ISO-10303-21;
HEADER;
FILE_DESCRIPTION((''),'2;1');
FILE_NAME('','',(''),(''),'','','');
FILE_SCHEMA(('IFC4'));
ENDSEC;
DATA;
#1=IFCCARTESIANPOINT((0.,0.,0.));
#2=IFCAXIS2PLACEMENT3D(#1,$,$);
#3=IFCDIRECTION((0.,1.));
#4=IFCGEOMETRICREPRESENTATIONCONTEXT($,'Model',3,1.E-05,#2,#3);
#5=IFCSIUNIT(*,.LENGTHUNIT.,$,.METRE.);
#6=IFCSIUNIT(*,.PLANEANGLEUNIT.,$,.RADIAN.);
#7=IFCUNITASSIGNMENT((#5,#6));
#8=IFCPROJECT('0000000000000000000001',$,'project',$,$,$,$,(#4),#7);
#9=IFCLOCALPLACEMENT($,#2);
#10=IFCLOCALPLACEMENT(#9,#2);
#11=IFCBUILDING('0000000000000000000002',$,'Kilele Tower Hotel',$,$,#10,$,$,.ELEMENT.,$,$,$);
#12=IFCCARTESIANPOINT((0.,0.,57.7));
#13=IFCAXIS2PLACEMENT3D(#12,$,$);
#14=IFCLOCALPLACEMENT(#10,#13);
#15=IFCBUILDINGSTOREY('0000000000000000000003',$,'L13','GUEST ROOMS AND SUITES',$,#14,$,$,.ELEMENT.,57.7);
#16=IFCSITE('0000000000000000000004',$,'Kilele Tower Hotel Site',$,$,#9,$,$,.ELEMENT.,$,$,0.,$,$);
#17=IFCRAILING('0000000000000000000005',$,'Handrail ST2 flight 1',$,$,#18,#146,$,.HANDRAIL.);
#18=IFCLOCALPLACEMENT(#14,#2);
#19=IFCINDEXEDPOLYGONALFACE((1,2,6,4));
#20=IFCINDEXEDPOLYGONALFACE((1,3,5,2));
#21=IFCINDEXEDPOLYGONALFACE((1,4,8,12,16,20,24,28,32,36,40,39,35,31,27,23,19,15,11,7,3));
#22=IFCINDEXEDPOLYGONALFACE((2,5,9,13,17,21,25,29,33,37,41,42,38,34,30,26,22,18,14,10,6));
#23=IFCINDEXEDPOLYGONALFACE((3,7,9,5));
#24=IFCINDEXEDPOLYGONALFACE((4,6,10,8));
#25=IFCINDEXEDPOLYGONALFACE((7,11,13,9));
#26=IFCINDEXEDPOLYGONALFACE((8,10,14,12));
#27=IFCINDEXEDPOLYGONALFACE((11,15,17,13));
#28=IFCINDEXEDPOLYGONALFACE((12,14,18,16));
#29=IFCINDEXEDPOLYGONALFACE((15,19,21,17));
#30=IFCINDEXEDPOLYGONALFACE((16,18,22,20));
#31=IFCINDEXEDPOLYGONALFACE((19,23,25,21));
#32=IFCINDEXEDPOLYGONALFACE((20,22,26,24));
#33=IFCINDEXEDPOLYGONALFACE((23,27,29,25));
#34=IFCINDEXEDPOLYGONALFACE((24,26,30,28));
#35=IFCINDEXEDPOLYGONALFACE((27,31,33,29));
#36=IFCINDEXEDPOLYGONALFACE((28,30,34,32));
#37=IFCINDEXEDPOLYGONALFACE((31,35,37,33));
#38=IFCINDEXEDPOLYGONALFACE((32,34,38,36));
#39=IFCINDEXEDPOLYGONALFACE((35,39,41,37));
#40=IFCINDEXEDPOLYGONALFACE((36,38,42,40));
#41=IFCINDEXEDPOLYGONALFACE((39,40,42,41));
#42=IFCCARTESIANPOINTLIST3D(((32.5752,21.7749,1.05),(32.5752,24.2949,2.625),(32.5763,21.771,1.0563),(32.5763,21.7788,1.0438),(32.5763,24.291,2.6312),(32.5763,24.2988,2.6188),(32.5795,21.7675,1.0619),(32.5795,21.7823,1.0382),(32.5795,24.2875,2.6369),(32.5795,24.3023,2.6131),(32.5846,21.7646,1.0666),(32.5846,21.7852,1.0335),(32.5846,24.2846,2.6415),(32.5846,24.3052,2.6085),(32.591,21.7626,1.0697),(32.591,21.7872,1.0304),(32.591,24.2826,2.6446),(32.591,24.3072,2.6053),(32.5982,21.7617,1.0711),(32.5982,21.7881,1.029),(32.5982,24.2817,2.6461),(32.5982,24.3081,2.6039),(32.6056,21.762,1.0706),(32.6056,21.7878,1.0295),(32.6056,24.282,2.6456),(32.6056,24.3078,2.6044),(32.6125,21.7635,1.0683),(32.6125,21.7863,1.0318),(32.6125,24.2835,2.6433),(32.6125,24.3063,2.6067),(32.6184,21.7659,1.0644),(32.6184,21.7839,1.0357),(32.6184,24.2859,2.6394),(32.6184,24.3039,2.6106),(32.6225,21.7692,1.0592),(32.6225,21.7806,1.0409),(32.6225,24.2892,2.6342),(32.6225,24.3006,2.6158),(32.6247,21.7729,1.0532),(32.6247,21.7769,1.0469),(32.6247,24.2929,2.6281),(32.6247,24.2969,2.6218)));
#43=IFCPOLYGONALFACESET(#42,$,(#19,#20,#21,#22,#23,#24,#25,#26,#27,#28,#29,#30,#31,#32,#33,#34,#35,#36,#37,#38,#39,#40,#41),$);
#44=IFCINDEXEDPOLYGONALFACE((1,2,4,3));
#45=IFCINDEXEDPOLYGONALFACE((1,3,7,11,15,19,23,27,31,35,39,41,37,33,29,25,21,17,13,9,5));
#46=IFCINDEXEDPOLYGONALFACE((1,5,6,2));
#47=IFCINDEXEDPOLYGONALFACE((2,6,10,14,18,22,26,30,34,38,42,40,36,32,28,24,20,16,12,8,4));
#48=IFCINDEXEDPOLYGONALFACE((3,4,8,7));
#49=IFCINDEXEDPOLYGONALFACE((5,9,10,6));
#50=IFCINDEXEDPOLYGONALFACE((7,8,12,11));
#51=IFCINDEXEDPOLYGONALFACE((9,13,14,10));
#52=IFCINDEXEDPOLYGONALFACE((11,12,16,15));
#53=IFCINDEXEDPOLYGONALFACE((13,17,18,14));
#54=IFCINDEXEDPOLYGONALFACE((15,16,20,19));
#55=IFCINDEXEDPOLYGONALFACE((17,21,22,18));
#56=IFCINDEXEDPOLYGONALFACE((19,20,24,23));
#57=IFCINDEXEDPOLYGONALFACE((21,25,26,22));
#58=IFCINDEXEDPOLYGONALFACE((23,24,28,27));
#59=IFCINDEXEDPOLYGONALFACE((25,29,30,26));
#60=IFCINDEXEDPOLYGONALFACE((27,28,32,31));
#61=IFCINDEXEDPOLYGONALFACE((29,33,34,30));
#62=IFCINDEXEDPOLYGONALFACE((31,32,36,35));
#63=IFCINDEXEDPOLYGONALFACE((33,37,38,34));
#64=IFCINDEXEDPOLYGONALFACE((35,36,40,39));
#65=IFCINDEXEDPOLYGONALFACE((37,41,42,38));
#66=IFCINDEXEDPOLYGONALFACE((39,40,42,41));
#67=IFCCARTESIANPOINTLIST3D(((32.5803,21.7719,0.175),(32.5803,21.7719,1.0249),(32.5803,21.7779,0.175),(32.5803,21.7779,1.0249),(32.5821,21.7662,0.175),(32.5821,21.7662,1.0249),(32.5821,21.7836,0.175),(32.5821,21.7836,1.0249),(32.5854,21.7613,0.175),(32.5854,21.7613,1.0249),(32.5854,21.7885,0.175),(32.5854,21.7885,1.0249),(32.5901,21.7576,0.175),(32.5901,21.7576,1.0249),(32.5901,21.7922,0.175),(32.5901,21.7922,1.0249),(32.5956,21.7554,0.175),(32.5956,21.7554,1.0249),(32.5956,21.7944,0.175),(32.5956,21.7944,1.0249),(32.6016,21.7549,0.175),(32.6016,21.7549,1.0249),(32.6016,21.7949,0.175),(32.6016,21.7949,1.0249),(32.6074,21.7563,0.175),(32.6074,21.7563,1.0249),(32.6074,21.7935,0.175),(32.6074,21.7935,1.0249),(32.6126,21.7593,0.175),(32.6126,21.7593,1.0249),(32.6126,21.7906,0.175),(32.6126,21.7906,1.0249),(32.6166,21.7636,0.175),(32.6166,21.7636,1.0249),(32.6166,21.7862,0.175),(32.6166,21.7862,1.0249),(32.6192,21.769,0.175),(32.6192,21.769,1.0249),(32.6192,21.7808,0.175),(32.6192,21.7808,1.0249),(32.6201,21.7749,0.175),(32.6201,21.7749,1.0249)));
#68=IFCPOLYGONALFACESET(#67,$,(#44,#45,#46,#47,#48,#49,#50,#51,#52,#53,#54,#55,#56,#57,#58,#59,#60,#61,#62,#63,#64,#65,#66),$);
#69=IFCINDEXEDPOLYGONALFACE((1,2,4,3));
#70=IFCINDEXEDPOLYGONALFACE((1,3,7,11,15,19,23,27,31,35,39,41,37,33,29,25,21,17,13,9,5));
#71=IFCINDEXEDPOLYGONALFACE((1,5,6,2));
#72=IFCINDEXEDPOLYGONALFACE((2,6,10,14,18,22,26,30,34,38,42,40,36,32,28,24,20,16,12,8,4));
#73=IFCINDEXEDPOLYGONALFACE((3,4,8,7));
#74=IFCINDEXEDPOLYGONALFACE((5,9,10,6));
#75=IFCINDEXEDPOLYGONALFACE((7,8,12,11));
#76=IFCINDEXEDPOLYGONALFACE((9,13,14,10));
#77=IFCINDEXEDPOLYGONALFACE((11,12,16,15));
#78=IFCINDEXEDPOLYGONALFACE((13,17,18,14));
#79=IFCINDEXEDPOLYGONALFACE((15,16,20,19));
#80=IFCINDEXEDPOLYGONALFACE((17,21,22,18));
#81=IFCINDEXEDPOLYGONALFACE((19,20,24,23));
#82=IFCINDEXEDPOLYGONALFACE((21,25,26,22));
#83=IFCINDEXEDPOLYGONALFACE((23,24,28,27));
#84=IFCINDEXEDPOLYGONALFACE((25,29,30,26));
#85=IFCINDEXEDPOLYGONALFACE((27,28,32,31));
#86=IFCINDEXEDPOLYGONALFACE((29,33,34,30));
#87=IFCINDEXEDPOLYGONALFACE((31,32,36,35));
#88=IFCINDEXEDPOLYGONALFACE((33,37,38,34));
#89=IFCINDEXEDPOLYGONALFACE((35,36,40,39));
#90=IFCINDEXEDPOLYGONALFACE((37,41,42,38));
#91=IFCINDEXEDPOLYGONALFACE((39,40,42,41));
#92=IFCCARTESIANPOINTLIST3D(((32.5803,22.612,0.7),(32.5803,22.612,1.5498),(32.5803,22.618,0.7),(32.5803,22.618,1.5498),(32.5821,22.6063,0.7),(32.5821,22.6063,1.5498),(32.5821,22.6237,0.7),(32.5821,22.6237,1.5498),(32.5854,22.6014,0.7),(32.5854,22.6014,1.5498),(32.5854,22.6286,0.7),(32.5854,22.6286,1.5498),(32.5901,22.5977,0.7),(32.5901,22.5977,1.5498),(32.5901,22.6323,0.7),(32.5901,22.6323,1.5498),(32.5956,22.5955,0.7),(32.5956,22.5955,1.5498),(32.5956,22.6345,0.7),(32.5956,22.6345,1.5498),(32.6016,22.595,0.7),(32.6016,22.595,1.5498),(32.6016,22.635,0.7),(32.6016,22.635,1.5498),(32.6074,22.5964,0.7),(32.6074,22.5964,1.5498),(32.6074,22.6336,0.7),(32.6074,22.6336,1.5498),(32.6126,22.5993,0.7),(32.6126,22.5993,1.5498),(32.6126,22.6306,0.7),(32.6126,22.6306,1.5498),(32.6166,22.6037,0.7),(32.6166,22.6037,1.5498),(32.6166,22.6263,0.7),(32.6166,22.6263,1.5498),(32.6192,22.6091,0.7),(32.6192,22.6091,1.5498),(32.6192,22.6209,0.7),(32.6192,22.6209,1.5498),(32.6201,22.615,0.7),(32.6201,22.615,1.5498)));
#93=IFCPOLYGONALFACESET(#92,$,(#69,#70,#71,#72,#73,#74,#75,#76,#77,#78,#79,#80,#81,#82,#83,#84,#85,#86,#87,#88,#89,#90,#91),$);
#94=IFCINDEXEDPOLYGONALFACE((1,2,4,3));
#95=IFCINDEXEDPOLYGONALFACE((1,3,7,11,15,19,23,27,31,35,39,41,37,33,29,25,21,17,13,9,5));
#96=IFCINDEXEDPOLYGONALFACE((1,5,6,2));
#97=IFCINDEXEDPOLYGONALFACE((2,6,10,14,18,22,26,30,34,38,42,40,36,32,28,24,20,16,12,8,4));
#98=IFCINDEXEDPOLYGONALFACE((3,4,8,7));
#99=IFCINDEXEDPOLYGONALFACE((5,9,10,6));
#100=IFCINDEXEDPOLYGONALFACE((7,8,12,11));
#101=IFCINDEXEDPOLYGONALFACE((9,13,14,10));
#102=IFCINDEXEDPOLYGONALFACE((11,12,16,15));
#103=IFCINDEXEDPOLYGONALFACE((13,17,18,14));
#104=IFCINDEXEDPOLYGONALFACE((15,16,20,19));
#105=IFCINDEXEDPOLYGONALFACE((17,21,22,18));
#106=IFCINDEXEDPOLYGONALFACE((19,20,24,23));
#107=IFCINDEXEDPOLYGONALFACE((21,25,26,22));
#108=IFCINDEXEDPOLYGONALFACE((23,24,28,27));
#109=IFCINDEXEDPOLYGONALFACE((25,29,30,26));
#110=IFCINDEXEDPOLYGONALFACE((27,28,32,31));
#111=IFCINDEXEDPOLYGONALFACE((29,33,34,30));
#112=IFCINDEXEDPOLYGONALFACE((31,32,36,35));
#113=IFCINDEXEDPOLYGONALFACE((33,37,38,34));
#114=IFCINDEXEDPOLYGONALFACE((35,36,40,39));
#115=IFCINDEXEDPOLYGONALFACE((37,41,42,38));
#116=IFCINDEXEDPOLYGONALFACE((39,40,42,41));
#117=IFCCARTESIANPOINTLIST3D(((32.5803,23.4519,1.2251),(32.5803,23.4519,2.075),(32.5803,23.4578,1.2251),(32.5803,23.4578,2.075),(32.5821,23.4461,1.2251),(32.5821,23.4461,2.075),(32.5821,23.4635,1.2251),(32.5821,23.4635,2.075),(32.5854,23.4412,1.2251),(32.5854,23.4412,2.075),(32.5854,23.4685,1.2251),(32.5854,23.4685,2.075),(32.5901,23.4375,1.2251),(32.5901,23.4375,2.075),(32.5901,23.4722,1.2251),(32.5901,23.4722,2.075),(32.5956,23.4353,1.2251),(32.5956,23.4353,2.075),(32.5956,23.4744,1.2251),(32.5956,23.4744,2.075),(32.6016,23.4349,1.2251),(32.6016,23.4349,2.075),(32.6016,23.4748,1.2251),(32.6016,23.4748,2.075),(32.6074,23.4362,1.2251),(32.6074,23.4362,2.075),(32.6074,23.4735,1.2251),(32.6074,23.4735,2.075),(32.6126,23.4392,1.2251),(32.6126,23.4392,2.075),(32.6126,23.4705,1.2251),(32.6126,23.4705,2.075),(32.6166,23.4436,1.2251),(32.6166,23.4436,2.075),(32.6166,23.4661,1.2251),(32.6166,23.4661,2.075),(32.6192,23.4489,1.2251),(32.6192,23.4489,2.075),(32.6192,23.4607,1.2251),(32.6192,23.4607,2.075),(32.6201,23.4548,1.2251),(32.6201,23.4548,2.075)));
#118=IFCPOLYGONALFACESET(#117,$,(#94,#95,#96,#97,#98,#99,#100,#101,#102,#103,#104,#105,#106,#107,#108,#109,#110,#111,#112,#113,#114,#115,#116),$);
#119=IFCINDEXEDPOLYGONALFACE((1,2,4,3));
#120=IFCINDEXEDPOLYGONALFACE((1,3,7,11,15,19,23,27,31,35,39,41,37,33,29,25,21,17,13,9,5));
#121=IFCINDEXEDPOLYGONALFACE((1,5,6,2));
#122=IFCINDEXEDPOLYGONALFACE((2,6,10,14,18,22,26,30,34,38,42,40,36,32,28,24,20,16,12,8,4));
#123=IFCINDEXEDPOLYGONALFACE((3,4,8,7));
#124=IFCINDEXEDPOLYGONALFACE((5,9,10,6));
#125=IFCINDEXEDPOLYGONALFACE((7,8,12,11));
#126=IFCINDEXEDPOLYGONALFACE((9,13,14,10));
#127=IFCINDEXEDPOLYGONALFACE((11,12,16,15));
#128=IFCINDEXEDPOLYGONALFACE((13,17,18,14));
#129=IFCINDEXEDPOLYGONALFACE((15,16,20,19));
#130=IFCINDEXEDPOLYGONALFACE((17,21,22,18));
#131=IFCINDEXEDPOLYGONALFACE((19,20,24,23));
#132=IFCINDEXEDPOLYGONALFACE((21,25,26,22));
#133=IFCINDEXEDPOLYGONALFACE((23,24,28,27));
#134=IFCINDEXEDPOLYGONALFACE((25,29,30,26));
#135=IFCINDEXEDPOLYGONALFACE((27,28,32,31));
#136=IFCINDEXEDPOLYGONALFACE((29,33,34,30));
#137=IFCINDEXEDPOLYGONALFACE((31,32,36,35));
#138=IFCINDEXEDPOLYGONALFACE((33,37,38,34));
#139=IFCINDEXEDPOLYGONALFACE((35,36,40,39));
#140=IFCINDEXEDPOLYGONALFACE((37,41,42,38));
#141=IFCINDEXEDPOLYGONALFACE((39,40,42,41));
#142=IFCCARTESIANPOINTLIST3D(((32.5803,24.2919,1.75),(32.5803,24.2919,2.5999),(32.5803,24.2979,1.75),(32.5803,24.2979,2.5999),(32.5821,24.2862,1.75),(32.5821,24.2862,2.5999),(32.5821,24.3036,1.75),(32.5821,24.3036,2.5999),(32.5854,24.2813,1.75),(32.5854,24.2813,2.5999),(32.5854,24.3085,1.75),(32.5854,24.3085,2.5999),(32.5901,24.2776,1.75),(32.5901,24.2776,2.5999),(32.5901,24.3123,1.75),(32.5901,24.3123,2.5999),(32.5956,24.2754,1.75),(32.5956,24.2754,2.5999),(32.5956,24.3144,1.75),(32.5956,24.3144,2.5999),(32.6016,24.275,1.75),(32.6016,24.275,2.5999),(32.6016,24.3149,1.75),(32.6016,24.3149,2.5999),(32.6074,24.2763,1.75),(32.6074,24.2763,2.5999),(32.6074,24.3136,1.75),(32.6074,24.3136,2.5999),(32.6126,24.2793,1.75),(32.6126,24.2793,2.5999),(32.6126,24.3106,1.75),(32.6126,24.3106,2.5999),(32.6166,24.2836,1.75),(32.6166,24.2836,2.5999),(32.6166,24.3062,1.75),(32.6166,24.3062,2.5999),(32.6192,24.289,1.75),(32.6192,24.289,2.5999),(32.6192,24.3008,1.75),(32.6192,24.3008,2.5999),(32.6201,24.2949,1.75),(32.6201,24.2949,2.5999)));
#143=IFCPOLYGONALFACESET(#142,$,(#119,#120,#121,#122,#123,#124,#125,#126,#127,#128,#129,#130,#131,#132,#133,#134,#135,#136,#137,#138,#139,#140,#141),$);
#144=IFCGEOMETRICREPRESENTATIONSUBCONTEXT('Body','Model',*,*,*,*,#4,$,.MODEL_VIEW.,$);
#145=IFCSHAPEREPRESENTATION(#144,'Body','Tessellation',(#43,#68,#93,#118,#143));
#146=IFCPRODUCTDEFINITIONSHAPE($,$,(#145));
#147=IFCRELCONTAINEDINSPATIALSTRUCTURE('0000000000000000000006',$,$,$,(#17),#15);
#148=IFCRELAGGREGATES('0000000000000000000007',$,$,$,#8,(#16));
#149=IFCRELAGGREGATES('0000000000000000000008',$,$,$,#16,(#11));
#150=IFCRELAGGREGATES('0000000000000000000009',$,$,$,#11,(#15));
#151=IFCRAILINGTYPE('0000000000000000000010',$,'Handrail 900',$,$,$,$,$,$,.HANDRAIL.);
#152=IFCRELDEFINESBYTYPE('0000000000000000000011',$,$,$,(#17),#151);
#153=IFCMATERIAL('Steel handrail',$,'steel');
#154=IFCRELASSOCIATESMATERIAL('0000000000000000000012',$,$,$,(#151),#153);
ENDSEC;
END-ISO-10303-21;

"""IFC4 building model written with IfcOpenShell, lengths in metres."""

from ifc_helpers import new_model, si_unit, direction, frame, origin, origin_2d, place, context, subcontext, project, spatial, circle, extrude, material, type_object, element, save


model = new_model("IFC4")

# Units and contexts
model_context = context("Model", 3, precision=1e-05, world=origin(), true_north=direction((0.0, 1.0)))
body_context = subcontext(model_context, "Body", "Model", "MODEL_VIEW")
ifc_project = project(units=[si_unit("LENGTHUNIT", "METRE"), si_unit("PLANEANGLEUNIT", "RADIAN")], contexts=[model_context])

# Site, building, storey
site_placement = place(None, origin())
site = spatial("IfcSite", under=ifc_project, at=site_placement, Name="Kilele Tower Hotel Site", CompositionType="ELEMENT", RefElevation=0.0)
building_placement = place(site_placement, origin())
building = spatial("IfcBuilding", under=site, at=building_placement, Name="Kilele Tower Hotel", CompositionType="ELEMENT")
storey_placement = place(building_placement, frame((0.0, 0.0, 57.7)))
storey = spatial("IfcBuildingStorey", under=building, at=storey_placement, Name="L13", Description="GUEST ROOMS AND SUITES", CompositionType="ELEMENT", Elevation=57.7)

# Railing
ifc_material_1 = material(Name="Steel handrail", Category="steel")
railing_type_1 = type_object("IfcRailingType", Name="Handrail 900", PredefinedType="HANDRAIL", material=ifc_material_1)
for number, where, name in (
    (1, (32.6001, 21.7749, 0.175), "Handrail ST2 flight 1"),
):
    element("IfcRailing", number, at=place(storey_placement, frame(where)), inside=storey, type_object=railing_type_1, Name=name, PredefinedType="HANDRAIL", context=body_context, shape_type="SweptSolid", body=[
        extrude(circle(Radius=0.0249, at=origin_2d()), frame((0.0, 0.0, 0.875), z_axis=(0.0, 0.848008, 0.529984), x_axis=(-1.0, 0.0, 0.0)), (0.0, 0.0, 1.0), 2.9717),
        extrude(circle(Radius=0.02, at=origin_2d()), origin(), (0.0, 0.0, 1.0), 0.8499),
        extrude(circle(Radius=0.02, at=origin_2d()), frame((0.0, 0.8401, 0.5249)), (0.0, 0.0, 1.0), 0.8499),
        extrude(circle(Radius=0.02, at=origin_2d()), frame((0.0, 1.6799, 1.05)), (0.0, 0.0, 1.0), 0.8499),
        extrude(circle(Radius=0.02, at=origin_2d()), frame((0.0, 2.52, 1.575)), (0.0, 0.0, 1.0), 0.8499),
    ])

save(model, "model.ifc")
